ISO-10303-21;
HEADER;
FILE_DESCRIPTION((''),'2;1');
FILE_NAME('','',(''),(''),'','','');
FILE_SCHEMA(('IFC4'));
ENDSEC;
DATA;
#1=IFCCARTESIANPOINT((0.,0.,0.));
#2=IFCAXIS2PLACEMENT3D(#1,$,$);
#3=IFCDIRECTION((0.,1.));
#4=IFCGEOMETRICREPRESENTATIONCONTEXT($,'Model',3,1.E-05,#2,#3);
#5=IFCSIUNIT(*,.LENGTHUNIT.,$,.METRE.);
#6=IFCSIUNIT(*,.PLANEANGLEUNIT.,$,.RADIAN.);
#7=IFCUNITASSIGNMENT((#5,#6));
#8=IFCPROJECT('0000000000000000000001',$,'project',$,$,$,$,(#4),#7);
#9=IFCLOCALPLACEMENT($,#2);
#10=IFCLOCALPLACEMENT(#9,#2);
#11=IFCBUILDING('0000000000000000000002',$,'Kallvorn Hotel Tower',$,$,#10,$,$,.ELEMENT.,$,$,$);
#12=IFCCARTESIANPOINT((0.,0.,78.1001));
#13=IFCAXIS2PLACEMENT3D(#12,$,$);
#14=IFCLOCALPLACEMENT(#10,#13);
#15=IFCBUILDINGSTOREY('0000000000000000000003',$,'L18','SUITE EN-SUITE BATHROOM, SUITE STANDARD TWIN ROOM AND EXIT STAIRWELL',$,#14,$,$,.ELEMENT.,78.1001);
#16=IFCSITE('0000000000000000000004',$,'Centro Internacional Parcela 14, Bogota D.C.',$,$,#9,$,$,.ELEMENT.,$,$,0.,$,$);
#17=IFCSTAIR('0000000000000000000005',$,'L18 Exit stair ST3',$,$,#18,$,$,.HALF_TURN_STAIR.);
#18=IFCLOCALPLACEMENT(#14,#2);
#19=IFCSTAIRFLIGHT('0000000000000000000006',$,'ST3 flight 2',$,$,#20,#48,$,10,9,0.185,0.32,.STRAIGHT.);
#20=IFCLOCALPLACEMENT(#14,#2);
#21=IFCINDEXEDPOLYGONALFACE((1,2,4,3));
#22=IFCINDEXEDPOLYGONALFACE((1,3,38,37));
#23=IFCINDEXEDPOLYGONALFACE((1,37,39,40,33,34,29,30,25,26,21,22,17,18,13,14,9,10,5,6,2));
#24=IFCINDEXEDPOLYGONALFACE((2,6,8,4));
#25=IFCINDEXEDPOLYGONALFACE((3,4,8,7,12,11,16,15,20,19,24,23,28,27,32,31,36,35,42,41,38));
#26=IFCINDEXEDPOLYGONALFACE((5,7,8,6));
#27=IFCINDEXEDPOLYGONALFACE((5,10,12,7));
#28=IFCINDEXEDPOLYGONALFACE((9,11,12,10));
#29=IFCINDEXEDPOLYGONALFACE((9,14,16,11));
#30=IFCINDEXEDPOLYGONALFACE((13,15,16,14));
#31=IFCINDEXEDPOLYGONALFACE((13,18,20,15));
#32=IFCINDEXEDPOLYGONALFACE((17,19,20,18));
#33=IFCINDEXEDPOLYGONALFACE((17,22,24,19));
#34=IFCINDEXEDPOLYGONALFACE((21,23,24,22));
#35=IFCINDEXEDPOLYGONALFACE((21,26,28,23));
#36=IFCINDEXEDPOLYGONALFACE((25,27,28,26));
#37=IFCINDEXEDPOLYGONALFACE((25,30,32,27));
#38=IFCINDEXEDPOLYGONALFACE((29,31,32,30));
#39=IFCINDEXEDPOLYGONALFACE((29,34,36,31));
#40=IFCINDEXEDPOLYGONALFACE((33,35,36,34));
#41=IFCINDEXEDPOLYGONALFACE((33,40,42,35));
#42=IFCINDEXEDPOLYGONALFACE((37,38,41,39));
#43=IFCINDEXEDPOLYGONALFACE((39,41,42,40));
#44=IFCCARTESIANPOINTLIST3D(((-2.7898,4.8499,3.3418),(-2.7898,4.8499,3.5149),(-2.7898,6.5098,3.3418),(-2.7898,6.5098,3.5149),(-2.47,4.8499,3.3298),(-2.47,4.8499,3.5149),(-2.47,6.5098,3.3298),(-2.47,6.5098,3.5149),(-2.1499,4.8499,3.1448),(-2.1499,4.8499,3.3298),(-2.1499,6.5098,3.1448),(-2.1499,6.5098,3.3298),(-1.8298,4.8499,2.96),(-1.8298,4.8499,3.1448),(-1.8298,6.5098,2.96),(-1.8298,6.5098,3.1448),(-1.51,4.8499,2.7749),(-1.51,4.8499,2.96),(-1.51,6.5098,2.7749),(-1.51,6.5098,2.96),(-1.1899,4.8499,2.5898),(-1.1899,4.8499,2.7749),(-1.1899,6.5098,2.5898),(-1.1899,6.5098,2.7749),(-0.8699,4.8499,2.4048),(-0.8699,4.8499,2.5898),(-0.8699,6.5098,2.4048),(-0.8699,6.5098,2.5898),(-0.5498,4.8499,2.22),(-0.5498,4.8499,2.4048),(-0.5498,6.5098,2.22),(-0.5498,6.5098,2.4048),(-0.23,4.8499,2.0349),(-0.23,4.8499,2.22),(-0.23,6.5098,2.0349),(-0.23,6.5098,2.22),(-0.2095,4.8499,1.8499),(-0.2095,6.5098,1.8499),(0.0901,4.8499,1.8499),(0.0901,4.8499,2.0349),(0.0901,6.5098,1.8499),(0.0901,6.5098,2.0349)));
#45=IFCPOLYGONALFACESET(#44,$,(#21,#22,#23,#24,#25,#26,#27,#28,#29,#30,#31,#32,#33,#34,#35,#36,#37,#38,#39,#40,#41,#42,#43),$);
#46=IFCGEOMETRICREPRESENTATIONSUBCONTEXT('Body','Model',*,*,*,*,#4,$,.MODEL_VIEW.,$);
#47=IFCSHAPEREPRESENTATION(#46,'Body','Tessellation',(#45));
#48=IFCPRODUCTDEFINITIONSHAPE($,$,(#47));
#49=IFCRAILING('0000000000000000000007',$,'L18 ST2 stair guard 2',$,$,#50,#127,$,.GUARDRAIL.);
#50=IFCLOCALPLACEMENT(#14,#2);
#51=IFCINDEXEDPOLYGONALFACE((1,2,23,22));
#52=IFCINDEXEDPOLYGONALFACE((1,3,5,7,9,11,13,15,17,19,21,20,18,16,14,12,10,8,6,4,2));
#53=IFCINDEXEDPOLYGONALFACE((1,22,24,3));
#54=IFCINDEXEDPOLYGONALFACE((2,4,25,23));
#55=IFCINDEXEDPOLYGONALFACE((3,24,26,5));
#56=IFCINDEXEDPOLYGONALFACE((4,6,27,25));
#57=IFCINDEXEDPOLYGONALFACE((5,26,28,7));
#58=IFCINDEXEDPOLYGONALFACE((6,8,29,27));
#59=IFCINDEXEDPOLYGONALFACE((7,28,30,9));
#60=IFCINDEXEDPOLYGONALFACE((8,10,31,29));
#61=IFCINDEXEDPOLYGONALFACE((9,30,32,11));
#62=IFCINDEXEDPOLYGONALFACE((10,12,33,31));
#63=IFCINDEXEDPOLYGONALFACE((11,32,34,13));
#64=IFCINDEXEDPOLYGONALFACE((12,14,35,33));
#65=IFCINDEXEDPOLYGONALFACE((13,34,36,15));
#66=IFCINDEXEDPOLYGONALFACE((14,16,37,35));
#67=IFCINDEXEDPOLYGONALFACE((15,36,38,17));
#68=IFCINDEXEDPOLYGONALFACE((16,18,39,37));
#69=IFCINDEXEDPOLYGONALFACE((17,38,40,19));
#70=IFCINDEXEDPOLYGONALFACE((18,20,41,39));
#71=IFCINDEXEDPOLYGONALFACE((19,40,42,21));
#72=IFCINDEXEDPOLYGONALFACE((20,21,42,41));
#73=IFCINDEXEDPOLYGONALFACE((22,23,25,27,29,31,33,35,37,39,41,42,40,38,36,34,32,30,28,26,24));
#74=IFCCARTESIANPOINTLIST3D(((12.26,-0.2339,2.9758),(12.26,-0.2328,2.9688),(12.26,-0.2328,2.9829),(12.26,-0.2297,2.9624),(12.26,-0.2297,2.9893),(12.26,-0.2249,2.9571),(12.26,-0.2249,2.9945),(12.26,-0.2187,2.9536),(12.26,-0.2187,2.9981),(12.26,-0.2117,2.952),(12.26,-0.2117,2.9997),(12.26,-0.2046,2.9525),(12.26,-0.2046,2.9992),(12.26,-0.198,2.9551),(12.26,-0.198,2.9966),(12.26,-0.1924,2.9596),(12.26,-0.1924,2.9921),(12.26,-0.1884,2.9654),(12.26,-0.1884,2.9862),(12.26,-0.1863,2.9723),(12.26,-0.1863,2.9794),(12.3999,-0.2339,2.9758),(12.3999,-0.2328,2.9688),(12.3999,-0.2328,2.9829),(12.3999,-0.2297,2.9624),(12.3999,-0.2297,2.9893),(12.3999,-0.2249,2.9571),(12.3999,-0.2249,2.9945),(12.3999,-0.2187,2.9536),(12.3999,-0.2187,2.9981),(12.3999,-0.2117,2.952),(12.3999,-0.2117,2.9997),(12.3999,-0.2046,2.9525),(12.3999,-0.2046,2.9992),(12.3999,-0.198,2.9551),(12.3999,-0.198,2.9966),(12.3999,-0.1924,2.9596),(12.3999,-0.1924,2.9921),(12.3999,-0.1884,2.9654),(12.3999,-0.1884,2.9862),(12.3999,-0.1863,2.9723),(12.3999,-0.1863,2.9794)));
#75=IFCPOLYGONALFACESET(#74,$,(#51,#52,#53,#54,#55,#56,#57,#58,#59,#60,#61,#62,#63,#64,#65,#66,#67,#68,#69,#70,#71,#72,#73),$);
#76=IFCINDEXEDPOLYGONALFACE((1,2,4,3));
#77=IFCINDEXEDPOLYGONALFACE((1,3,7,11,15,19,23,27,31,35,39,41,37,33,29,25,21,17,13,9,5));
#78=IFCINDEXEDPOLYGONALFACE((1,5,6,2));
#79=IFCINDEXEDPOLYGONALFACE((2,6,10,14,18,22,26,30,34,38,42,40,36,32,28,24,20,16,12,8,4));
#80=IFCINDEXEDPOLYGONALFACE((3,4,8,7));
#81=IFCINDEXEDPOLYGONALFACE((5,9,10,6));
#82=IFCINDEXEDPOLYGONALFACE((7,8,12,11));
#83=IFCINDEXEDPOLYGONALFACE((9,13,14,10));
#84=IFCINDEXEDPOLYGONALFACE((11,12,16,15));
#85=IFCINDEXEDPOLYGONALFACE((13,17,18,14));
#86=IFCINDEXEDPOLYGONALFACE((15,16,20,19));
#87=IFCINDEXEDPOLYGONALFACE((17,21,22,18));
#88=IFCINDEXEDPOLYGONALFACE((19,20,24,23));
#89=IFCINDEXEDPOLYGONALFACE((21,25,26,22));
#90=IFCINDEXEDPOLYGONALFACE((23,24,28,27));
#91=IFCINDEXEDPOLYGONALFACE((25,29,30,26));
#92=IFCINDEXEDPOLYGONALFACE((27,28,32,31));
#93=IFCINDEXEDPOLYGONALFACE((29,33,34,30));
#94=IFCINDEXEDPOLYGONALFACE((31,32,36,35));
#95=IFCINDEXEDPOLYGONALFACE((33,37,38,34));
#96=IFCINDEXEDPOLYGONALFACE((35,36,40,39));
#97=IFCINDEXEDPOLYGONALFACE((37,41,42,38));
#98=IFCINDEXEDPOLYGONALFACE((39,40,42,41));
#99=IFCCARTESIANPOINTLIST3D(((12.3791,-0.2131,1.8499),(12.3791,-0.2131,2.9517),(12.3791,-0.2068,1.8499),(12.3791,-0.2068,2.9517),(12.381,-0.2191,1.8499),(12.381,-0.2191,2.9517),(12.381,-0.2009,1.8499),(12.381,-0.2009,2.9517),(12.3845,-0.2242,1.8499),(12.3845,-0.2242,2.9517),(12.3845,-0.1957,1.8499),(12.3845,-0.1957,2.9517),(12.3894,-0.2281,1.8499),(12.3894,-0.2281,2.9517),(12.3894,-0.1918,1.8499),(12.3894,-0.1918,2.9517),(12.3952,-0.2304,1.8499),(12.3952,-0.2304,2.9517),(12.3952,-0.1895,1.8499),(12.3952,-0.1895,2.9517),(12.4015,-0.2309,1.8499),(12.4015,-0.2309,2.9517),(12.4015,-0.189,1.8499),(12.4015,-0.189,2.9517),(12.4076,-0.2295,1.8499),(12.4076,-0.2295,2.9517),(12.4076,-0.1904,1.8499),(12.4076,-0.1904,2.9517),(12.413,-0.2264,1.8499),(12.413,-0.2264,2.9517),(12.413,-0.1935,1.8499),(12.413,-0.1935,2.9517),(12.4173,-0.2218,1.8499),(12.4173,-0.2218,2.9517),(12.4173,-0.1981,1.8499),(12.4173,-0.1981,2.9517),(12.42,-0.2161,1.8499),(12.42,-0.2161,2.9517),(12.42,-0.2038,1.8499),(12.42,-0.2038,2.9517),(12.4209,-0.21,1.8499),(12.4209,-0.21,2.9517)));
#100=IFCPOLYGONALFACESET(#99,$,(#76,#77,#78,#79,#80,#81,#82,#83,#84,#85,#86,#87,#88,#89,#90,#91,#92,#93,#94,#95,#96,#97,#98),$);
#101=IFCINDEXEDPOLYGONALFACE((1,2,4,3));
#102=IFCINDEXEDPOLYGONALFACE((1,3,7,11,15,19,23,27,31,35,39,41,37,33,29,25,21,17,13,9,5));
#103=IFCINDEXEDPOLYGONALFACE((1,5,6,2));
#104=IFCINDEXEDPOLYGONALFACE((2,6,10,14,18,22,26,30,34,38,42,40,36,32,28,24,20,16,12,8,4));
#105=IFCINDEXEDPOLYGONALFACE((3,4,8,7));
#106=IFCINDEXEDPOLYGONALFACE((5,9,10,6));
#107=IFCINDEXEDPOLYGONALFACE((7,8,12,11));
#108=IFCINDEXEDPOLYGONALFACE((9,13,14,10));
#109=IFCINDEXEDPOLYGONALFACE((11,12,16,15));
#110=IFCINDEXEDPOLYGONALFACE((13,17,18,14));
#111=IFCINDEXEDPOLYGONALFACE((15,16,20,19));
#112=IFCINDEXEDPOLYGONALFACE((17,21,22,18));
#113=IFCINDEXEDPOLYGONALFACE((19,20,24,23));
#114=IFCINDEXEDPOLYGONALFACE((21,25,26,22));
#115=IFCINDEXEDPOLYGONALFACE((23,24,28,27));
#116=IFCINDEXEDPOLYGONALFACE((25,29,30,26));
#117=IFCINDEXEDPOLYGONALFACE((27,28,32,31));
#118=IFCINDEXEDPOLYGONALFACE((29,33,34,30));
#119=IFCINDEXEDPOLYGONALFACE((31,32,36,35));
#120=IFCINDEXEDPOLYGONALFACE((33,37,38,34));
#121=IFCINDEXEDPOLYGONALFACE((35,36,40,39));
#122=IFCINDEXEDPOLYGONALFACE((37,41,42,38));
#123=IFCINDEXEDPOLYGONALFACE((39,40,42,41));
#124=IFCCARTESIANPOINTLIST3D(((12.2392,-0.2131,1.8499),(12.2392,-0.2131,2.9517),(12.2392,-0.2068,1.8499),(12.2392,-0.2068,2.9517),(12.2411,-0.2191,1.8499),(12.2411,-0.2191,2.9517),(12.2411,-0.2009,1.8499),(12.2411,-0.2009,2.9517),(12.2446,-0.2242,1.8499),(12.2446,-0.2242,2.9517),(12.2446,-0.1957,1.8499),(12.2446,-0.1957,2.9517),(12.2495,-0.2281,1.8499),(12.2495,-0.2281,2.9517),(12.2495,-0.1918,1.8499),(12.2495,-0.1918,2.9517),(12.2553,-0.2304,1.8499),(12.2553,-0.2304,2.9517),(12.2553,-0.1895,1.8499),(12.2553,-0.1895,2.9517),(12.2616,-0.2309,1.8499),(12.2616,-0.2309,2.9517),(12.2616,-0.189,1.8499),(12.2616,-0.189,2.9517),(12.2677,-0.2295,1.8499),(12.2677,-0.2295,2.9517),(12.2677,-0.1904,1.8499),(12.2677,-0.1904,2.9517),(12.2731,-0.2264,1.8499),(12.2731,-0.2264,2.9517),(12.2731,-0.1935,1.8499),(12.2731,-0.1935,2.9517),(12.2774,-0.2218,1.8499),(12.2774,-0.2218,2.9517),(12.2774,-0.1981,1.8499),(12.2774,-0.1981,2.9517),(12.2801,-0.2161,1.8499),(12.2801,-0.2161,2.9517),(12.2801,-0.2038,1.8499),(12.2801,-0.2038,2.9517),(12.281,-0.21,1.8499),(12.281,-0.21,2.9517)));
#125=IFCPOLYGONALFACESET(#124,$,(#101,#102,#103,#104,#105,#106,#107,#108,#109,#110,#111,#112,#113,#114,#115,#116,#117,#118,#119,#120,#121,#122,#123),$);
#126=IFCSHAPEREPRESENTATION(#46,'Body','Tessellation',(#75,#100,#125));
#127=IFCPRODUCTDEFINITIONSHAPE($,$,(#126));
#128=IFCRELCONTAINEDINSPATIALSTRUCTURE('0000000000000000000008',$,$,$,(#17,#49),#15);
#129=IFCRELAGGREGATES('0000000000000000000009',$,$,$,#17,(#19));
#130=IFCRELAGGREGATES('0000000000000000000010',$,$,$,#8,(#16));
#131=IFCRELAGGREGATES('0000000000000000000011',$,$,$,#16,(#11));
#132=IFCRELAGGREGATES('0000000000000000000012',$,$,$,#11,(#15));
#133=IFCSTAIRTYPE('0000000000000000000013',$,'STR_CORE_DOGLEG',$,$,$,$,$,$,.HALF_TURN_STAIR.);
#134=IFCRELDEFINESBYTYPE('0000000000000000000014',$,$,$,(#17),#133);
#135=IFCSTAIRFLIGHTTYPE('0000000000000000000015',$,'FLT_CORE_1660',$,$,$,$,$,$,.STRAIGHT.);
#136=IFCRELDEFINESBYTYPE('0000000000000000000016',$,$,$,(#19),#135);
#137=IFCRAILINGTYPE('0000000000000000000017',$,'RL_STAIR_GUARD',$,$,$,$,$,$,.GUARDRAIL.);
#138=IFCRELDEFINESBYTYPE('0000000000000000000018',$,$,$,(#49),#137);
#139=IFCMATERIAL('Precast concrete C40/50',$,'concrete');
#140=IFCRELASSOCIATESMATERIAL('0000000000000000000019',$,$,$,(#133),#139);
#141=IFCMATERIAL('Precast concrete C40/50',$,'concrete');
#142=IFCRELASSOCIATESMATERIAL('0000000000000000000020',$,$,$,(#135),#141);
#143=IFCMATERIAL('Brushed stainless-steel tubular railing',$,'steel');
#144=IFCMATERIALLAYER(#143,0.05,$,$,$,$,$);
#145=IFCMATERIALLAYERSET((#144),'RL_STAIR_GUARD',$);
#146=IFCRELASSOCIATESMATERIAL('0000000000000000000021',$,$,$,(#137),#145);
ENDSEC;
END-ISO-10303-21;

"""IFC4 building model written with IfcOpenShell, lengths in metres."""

from ifc_helpers import new_model, si_unit, direction, frame, origin, origin_2d, place, context, subcontext, project, spatial, polyline, circle, outline, extrude, material, layer, layer_set, type_object, element, aggregate, save


model = new_model("IFC4")

# Units and contexts
model_context = context("Model", 3, precision=1e-05, world=origin(), true_north=direction((0.0, 1.0)))
body_context = subcontext(model_context, "Body", "Model", "MODEL_VIEW")
ifc_project = project(units=[si_unit("LENGTHUNIT", "METRE"), si_unit("PLANEANGLEUNIT", "RADIAN")], contexts=[model_context])

# Site, building, storey
site_placement = place(None, origin())
site = spatial("IfcSite", under=ifc_project, at=site_placement, Name="Centro Internacional Parcela 14, Bogota D.C.", CompositionType="ELEMENT", RefElevation=0.0)
building_placement = place(site_placement, origin())
building = spatial("IfcBuilding", under=site, at=building_placement, Name="Kallvorn Hotel Tower", CompositionType="ELEMENT")
storey_placement = place(building_placement, frame((0.0, 0.0, 78.1001)))
storey = spatial("IfcBuildingStorey", under=building, at=storey_placement, Name="L18", Description="SUITE EN-SUITE BATHROOM, SUITE STANDARD TWIN ROOM AND EXIT STAIRWELL", CompositionType="ELEMENT", Elevation=78.1001)

# Stair, stair flight
ifc_material_1 = material(Name="Precast concrete C40/50", Category="concrete")
stair_type = type_object("IfcStairType", Name="STR_CORE_DOGLEG", PredefinedType="HALF_TURN_STAIR", material=ifc_material_1)
ifc_material_2 = material(Name="Precast concrete C40/50", Category="concrete")
stair_flight_type = type_object("IfcStairFlightType", Name="FLT_CORE_1660", PredefinedType="STRAIGHT", material=ifc_material_2)
stair_1_placement = place(storey_placement, origin())
stair_1 = element("IfcStair", 1, at=stair_1_placement, inside=storey, type_object=stair_type, Name="L18 Exit stair ST3", PredefinedType="HALF_TURN_STAIR")
stair_flight_1_placement = place(storey_placement, frame((0.0901, 5.6799, 1.8499), z_axis=(0.0, 0.0, 1.0), x_axis=(-1.0, 0.0, 0.0)))
stair_flight_1 = element("IfcStairFlight", 2, at=stair_flight_1_placement, type_object=stair_flight_type, Name="ST3 flight 2", NumberOfRisers=10, NumberOfTreads=9, PredefinedType="STRAIGHT", RiserHeight=0.185, TreadLength=0.32, context=body_context, shape_type="SweptSolid", body=[
    extrude(outline(polyline([(0.0, 0.0), (0.0, 0.1851), (0.3201, 0.1851), (0.3201, 0.3701), (0.6399, 0.3701), (0.6399, 0.5549), (0.96, 0.5549), (0.96, 0.74), (1.28, 0.74), (1.28, 0.925), (1.6001, 0.925), (1.6001, 1.1101), (1.9199, 1.1101), (1.9199, 1.2949), (2.24, 1.2949), (2.24, 1.48), (2.5601, 1.48), (2.5601, 1.665), (2.8799, 1.665), (2.8799, 1.8501), (2.8799, 1.4919), (0.2996, 0.0), (0.0, 0.0)])), frame((0.0, 0.8301, 0.0), z_axis=(0.0, -1.0, 0.0), x_axis=(1.0, 0.0, 0.0)), (0.0, 0.0, 1.0), 1.6599),
])
aggregate(stair_1, [stair_flight_1])

# Railing
ifc_material_3 = material(Name="Brushed stainless-steel tubular railing", Category="steel")
ifc_layer_1 = layer(ifc_material_3, 0.05)
ifc_layer_set_1 = layer_set([ifc_layer_1], Name="RL_STAIR_GUARD")
railing_type_1 = type_object("IfcRailingType", Name="RL_STAIR_GUARD", PredefinedType="GUARDRAIL", material=ifc_layer_set_1)
railing_1_placement = place(storey_placement, frame((12.3999, -0.21, 1.8499)))
element("IfcRailing", 3, at=railing_1_placement, inside=storey, type_object=railing_type_1, Name="L18 ST2 stair guard 2", PredefinedType="GUARDRAIL", context=body_context, shape_type="SweptSolid", body=[
    extrude(circle(Radius=0.0239, at=origin_2d()), frame((0.0, 0.0, 1.126), z_axis=(-1.0, 0.0, 0.0), x_axis=(0.0, -1.0, 0.0)), (0.0, 0.0, 1.0), 0.1399),
    extrude(circle(Radius=0.021, at=origin_2d()), origin(), (0.0, 0.0, 1.0), 1.1018),
    extrude(circle(Radius=0.021, at=origin_2d()), frame((-0.1399, 0.0, 0.0)), (0.0, 0.0, 1.0), 1.1018),
])

save(model, "model.ifc")
